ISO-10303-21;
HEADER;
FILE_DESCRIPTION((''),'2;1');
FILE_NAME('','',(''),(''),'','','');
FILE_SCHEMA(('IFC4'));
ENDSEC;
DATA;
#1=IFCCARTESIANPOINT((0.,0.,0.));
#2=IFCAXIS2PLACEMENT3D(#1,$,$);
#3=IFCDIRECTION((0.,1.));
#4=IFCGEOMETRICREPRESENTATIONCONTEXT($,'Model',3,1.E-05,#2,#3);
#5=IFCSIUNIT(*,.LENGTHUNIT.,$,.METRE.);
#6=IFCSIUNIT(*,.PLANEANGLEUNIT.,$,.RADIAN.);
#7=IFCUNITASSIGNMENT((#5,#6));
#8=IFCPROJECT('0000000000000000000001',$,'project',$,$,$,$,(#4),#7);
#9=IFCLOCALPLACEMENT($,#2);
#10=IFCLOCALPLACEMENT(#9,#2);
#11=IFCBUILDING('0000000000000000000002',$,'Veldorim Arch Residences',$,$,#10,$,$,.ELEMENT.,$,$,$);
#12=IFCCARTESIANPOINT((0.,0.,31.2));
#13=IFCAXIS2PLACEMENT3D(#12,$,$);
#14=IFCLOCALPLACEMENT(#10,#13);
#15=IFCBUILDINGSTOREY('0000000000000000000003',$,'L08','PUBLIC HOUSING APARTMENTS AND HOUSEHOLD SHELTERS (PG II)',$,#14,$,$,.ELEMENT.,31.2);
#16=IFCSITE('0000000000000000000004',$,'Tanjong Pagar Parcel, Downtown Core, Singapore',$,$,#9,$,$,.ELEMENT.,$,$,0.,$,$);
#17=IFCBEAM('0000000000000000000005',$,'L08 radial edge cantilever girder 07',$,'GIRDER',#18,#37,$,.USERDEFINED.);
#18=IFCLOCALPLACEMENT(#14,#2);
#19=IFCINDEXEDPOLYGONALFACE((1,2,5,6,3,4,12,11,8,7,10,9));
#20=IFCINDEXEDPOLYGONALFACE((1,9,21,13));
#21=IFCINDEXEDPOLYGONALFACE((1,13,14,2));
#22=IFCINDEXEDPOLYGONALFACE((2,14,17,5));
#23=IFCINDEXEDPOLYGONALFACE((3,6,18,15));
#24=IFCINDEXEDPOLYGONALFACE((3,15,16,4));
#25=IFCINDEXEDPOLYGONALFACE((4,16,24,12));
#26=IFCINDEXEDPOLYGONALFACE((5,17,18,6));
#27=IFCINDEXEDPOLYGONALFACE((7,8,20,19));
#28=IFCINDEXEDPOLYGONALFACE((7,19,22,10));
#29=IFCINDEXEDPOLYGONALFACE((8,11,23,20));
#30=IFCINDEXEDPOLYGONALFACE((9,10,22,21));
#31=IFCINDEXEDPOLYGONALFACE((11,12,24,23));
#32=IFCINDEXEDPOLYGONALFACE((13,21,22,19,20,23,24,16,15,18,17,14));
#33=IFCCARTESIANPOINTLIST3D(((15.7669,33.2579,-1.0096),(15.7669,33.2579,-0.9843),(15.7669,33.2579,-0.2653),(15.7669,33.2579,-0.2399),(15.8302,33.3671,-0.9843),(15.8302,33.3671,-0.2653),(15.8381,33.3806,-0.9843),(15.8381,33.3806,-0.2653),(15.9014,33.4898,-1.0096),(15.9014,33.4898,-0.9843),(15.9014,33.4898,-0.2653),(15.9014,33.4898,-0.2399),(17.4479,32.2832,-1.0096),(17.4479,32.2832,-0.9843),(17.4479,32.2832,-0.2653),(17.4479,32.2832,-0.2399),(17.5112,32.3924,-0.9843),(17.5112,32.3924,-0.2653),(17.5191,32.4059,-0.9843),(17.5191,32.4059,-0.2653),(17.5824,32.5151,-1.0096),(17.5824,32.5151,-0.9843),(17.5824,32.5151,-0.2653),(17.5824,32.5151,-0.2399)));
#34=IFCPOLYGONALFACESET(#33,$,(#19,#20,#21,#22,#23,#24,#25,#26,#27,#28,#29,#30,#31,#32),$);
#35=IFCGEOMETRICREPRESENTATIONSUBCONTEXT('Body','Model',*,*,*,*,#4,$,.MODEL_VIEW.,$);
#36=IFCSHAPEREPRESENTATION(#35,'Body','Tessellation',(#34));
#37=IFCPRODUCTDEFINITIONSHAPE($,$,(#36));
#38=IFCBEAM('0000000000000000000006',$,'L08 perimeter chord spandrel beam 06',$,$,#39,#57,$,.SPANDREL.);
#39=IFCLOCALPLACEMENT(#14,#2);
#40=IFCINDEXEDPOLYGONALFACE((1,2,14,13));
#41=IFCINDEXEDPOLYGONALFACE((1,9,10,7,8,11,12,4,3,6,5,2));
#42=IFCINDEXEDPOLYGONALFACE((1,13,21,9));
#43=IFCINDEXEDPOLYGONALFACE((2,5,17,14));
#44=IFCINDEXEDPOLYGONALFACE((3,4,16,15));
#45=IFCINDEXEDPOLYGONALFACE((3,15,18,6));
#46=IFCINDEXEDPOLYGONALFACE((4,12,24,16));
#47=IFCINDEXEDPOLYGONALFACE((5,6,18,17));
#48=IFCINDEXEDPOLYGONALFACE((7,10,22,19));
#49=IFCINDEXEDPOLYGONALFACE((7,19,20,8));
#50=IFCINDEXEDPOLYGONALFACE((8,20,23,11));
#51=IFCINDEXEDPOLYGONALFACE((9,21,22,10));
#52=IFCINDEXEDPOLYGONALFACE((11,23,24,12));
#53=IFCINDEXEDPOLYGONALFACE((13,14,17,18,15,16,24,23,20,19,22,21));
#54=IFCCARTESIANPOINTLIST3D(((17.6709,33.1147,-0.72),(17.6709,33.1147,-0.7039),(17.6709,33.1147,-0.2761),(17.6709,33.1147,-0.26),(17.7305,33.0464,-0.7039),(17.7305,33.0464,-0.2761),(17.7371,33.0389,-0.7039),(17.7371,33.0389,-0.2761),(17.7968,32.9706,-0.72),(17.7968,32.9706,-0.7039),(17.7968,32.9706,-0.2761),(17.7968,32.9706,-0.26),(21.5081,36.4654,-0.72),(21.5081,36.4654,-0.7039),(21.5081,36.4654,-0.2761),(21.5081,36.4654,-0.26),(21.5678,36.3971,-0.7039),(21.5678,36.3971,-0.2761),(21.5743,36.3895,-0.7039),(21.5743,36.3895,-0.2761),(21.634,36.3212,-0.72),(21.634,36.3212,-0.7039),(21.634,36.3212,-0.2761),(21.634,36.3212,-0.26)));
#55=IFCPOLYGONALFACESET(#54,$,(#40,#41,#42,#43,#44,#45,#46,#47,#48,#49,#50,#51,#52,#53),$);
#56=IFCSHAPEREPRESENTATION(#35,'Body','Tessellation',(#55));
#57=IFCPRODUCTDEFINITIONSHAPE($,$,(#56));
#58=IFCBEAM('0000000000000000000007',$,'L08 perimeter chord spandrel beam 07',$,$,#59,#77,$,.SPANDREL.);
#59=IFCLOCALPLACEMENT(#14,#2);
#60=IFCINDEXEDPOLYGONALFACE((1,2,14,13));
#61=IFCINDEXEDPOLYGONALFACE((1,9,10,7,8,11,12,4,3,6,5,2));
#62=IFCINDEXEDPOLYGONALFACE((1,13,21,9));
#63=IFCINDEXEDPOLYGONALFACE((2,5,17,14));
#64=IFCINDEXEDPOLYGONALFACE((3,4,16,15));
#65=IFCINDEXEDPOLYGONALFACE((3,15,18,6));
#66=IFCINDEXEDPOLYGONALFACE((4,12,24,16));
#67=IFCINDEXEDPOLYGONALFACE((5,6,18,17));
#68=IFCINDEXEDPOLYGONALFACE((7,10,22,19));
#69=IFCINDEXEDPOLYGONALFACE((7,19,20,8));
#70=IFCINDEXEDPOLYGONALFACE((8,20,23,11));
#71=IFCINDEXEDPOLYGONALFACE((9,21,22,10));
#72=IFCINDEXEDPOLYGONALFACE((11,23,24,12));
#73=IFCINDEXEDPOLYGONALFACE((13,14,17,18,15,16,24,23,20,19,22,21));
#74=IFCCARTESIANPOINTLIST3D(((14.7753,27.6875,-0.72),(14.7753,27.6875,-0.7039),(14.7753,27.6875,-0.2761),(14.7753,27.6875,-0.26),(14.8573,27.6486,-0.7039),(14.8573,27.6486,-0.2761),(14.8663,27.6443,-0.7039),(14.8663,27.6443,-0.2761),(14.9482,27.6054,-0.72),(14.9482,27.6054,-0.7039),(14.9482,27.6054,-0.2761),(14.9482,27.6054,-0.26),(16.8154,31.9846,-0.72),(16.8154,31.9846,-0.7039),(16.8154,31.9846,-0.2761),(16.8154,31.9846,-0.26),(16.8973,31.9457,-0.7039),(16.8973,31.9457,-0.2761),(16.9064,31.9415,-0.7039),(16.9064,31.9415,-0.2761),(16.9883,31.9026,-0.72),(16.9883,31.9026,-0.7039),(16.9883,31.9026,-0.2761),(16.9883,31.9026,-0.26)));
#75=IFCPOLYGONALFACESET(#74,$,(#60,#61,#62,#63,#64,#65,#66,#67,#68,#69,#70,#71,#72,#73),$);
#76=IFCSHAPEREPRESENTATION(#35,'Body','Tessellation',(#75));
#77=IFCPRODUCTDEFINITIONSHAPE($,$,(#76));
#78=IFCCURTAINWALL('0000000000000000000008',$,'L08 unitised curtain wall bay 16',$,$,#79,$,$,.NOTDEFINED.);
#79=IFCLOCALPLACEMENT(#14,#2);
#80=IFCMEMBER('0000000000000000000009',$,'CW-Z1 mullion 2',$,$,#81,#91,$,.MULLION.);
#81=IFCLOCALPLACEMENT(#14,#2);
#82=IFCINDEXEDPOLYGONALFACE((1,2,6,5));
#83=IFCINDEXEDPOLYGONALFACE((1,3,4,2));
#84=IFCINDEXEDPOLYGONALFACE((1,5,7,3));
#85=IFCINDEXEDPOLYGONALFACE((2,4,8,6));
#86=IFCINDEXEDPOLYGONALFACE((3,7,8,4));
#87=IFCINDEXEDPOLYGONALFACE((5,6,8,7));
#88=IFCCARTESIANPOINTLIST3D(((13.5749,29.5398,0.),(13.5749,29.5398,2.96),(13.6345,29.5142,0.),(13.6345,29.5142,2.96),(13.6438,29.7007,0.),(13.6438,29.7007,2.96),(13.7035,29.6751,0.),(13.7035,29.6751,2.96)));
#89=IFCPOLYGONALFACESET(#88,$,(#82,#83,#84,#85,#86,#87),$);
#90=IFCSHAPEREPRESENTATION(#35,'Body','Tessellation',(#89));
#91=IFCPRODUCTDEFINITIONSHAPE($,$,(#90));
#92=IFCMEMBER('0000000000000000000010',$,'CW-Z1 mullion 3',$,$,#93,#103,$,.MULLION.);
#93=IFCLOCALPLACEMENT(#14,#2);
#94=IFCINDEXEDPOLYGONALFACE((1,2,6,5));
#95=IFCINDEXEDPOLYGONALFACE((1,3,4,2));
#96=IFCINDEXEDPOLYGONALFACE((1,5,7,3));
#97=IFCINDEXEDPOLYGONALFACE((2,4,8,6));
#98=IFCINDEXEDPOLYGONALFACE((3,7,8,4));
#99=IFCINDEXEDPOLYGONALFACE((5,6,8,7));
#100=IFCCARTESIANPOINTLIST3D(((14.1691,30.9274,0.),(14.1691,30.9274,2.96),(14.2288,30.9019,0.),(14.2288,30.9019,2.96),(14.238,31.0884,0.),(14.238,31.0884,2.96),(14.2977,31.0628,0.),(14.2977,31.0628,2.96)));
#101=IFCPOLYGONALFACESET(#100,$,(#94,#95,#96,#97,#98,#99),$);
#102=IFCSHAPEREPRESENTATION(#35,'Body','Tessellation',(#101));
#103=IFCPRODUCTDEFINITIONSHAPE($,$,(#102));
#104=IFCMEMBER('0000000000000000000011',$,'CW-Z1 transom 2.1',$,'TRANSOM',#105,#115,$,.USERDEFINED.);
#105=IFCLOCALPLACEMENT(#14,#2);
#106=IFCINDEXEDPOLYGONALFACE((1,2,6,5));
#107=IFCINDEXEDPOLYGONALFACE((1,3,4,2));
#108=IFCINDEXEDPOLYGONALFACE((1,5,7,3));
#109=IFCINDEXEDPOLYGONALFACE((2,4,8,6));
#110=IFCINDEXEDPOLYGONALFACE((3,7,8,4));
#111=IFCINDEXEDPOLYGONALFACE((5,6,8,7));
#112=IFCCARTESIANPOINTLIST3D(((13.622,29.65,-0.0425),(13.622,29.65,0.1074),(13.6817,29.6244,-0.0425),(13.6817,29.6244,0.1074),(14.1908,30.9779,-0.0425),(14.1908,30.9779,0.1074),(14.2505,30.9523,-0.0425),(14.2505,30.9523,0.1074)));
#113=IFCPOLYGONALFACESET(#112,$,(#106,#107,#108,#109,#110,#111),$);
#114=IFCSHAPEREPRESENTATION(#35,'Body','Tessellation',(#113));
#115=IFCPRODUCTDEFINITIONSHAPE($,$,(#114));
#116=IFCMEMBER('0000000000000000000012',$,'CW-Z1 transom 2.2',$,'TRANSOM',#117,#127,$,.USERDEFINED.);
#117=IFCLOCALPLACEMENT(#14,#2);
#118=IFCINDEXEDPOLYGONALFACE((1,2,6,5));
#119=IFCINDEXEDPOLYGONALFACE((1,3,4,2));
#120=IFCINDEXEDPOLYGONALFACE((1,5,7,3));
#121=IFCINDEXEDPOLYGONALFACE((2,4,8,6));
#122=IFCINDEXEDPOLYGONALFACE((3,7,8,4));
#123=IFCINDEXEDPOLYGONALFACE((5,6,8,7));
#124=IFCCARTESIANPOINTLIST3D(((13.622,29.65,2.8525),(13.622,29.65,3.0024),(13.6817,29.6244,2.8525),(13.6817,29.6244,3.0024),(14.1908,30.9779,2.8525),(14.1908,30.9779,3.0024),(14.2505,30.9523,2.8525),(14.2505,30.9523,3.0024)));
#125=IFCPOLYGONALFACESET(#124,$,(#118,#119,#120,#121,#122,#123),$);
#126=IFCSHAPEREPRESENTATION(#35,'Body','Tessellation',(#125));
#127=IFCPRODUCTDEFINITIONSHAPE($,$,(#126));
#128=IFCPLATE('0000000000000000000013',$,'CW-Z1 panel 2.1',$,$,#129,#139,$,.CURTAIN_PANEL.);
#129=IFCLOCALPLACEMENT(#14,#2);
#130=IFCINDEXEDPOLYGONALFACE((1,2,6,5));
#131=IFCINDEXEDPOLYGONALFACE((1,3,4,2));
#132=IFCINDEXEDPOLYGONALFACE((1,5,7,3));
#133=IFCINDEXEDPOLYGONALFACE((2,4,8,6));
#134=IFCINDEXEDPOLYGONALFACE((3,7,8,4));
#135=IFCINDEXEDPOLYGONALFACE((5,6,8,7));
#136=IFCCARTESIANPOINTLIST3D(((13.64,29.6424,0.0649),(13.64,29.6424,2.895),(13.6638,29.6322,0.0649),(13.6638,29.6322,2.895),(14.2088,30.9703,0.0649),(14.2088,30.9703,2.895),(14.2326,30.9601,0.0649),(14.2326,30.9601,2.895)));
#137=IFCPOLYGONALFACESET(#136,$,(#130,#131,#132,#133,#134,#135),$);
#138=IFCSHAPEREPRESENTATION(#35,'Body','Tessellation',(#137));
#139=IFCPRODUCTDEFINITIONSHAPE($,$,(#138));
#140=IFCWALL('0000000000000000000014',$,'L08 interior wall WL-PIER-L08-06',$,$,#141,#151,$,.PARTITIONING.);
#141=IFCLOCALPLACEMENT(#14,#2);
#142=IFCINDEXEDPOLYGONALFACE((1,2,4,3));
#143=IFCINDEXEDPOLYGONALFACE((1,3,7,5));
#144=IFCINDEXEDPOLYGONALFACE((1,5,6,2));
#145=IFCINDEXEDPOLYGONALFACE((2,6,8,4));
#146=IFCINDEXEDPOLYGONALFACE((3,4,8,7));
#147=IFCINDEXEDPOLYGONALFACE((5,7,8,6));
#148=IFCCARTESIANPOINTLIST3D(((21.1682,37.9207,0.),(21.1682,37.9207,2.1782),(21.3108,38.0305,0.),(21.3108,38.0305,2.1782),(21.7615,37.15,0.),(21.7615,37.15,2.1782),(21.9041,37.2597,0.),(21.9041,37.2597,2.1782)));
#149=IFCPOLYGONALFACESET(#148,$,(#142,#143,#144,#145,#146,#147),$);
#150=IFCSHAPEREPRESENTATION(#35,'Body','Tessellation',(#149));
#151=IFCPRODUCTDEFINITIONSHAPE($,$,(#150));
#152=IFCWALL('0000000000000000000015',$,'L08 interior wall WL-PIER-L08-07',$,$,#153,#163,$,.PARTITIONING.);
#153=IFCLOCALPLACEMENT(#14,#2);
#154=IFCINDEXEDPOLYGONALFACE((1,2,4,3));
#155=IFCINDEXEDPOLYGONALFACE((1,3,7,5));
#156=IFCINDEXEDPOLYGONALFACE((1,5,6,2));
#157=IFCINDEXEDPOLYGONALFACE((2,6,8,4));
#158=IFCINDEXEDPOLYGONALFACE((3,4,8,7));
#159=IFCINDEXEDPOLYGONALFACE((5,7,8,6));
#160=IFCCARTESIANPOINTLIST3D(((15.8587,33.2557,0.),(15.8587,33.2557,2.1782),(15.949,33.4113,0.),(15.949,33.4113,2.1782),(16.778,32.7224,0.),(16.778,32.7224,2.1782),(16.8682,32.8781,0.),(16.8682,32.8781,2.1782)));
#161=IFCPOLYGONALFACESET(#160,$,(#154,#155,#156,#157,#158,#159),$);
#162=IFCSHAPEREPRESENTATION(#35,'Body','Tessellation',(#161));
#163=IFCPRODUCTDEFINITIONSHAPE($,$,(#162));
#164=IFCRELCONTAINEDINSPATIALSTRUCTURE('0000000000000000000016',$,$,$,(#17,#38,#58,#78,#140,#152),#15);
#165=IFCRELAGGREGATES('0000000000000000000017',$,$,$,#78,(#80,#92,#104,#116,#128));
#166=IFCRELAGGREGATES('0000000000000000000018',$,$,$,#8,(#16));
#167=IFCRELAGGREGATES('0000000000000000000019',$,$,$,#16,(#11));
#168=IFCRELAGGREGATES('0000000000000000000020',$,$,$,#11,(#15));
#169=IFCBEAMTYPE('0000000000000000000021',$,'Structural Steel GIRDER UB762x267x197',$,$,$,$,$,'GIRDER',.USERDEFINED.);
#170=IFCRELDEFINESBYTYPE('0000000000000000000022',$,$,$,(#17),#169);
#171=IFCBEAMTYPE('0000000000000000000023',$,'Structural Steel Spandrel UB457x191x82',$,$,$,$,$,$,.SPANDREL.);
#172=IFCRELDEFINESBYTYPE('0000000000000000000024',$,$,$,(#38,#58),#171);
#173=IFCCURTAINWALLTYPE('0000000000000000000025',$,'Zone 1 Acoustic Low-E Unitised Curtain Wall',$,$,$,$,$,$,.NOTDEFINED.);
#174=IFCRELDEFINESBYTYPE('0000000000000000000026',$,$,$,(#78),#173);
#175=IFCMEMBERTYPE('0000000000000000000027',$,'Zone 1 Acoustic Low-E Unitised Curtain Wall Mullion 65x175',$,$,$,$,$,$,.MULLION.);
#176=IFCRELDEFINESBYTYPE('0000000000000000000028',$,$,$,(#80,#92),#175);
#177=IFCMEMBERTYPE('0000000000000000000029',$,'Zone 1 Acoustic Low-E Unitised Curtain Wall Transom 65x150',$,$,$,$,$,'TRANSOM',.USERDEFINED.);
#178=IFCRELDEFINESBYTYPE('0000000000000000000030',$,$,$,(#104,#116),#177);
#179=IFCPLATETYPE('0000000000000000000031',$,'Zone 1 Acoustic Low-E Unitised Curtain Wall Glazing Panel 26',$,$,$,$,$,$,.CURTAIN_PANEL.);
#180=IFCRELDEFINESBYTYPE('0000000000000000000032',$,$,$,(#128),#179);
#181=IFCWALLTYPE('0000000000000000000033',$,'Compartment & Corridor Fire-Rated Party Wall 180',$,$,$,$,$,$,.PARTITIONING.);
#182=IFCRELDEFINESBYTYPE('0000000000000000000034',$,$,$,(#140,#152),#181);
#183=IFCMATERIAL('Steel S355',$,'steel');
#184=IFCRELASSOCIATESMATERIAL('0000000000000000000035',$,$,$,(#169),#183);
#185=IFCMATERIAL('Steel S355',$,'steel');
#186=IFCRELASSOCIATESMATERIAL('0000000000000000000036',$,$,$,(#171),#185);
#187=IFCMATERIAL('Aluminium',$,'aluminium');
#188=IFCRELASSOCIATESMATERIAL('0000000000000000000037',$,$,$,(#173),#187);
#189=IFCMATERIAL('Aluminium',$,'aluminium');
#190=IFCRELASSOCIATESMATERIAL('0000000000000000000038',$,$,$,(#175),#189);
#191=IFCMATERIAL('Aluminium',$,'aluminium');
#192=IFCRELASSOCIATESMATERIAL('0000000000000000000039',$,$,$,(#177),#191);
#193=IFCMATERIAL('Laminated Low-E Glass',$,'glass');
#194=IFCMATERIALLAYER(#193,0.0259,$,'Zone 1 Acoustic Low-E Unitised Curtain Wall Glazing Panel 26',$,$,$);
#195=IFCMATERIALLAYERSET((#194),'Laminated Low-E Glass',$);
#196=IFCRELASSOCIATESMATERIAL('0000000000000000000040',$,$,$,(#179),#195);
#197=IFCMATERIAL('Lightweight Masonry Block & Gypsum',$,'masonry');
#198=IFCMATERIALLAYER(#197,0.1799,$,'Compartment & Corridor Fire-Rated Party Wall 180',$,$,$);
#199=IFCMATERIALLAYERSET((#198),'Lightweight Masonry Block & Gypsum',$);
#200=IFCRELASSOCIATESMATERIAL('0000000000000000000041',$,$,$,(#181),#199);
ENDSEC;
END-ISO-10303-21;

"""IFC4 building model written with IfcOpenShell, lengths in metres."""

from ifc_helpers import new_model, si_unit, direction, frame, frame_2d, origin, origin_2d, place, context, subcontext, project, spatial, rectangle, i_section, extrude, material, layer, layer_set, material_profile, profile_set, type_object, element, aggregate, save


model = new_model("IFC4")

# Units and contexts
model_context = context("Model", 3, precision=1e-05, world=origin(), true_north=direction((0.0, 1.0)))
body_context = subcontext(model_context, "Body", "Model", "MODEL_VIEW")
ifc_project = project(units=[si_unit("LENGTHUNIT", "METRE"), si_unit("PLANEANGLEUNIT", "RADIAN")], contexts=[model_context])

# Site, building, storey
site_placement = place(None, origin())
site = spatial("IfcSite", under=ifc_project, at=site_placement, Name="Tanjong Pagar Parcel, Downtown Core, Singapore", CompositionType="ELEMENT", RefElevation=0.0)
building_placement = place(site_placement, origin())
building = spatial("IfcBuilding", under=site, at=building_placement, Name="Veldorim Arch Residences", CompositionType="ELEMENT")
storey_placement = place(building_placement, frame((0.0, 0.0, 31.2)))
storey = spatial("IfcBuildingStorey", under=building, at=storey_placement, Name="L08", Description="PUBLIC HOUSING APARTMENTS AND HOUSEHOLD SHELTERS (PG II)", CompositionType="ELEMENT", Elevation=31.2)

# Beams
ifc_material_1 = material(Name="Steel S355", Category="steel")
ifc_material_profile_1 = material_profile(ifc_material_1, i_section(OverallWidth=0.2681, OverallDepth=0.7698, WebThickness=0.0156, FlangeThickness=0.0254, at=origin_2d()), Name="UB762x267x197")
ifc_profile_set_1 = profile_set([ifc_material_profile_1], Name="Steel S355")
beam_type_1 = type_object("IfcBeamType", Name="Structural Steel GIRDER UB762x267x197", ElementType="GIRDER", PredefinedType="USERDEFINED", material=ifc_profile_set_1)
beam_1_placement = place(storey_placement, frame((17.5151, 32.3992, -0.6248), z_axis=(-0.865102, 0.501596, 0.0), x_axis=(-0.501596, -0.865102, 0.0)))
element("IfcBeam", 1, at=beam_1_placement, inside=storey, type_object=beam_type_1, Name="L08 radial edge cantilever girder 07", ObjectType="GIRDER", PredefinedType="USERDEFINED", context=body_context, shape_type="SweptSolid", body=[
    extrude(i_section(OverallWidth=0.2681, OverallDepth=0.7698, WebThickness=0.0156, FlangeThickness=0.0254, at=origin_2d()), origin(), (0.0, 0.0, 1.0), 1.9431),
])
ifc_material_2 = material(Name="Steel S355", Category="steel")
ifc_material_profile_2 = material_profile(ifc_material_2, i_section(OverallWidth=0.1914, OverallDepth=0.46, WebThickness=0.01, FlangeThickness=0.0161, at=origin_2d()), Name="UB457x191x82")
ifc_profile_set_2 = profile_set([ifc_material_profile_2], Name="Steel S355")
beam_type_2 = type_object("IfcBeamType", Name="Structural Steel Spandrel UB457x191x82", PredefinedType="SPANDREL", material=ifc_profile_set_2)
beam_2_placement = place(storey_placement, frame((21.571, 36.3933, -0.49), z_axis=(-0.75325, -0.657734, 0.0), x_axis=(0.657734, -0.75325, 0.0)))
element("IfcBeam", 2, at=beam_2_placement, inside=storey, type_object=beam_type_2, Name="L08 perimeter chord spandrel beam 06", PredefinedType="SPANDREL", context=body_context, shape_type="SweptSolid", body=[
    extrude(i_section(OverallWidth=0.1914, OverallDepth=0.46, WebThickness=0.01, FlangeThickness=0.0161, at=origin_2d()), origin(), (0.0, 0.0, 1.0), 5.0942),
])
beam_3_placement = place(storey_placement, frame((16.9019, 31.9436, -0.49), z_axis=(-0.428869, -0.903366, 0.0), x_axis=(0.903366, -0.428869, 0.0)))
element("IfcBeam", 3, at=beam_3_placement, inside=storey, type_object=beam_type_2, Name="L08 perimeter chord spandrel beam 07", PredefinedType="SPANDREL", context=body_context, shape_type="SweptSolid", body=[
    extrude(i_section(OverallWidth=0.1914, OverallDepth=0.46, WebThickness=0.01, FlangeThickness=0.0161, at=origin_2d()), origin(), (0.0, 0.0, 1.0), 4.7568),
])

# Curtain wall, members, plate
ifc_material_3 = material(Name="Aluminium", Category="aluminium")
curtain_wall_type = type_object("IfcCurtainWallType", Name="Zone 1 Acoustic Low-E Unitised Curtain Wall", PredefinedType="NOTDEFINED", material=ifc_material_3)
curtain_wall_placement = place(storey_placement, origin())
curtain_wall = element("IfcCurtainWall", 4, at=curtain_wall_placement, inside=storey, type_object=curtain_wall_type, Name="L08 unitised curtain wall bay 16", PredefinedType="NOTDEFINED")
ifc_material_4 = material(Name="Aluminium", Category="aluminium")
ifc_material_profile_3 = material_profile(ifc_material_4, rectangle(XDim=0.0649, YDim=0.175, at=origin_2d()), Name="ALU_MUL_65x175")
ifc_profile_set_3 = profile_set([ifc_material_profile_3], Name="Aluminium")
member_type_1 = type_object("IfcMemberType", Name="Zone 1 Acoustic Low-E Unitised Curtain Wall Mullion 65x175", PredefinedType="MULLION", material=ifc_profile_set_3)
member_1_placement = place(storey_placement, frame((13.6392, 29.6074, 0.0), z_axis=(0.0, 0.0, 1.0), x_axis=(-0.919222, 0.393739, 0.0)))
member_1 = element("IfcMember", 5, at=member_1_placement, type_object=member_type_1, Name="CW-Z1 mullion 2", PredefinedType="MULLION", context=body_context, shape_type="SweptSolid", body=[
    extrude(rectangle(XDim=0.0649, YDim=0.175, at=origin_2d()), origin(), (0.0, 0.0, 1.0), 2.96),
])
member_2_placement = place(storey_placement, frame((14.2334, 30.9951, 0.0), z_axis=(0.0, 0.0, 1.0), x_axis=(-0.919222, 0.393739, 0.0)))
member_2 = element("IfcMember", 6, at=member_2_placement, type_object=member_type_1, Name="CW-Z1 mullion 3", PredefinedType="MULLION", context=body_context, shape_type="SweptSolid", body=[
    extrude(rectangle(XDim=0.0649, YDim=0.175, at=origin_2d()), origin(), (0.0, 0.0, 1.0), 2.96),
])
ifc_material_5 = material(Name="Aluminium", Category="aluminium")
ifc_material_profile_4 = material_profile(ifc_material_5, rectangle(XDim=0.0649, YDim=0.1499, at=origin_2d()), Name="ALU_TRN_65x150")
ifc_profile_set_4 = profile_set([ifc_material_profile_4], Name="Aluminium")
member_type_2 = type_object("IfcMemberType", Name="Zone 1 Acoustic Low-E Unitised Curtain Wall Transom 65x150", ElementType="TRANSOM", PredefinedType="USERDEFINED", material=ifc_profile_set_4)
member_3_placement = place(storey_placement, frame((13.6519, 29.6372, 0.0325), z_axis=(0.393777, 0.919206, 0.0), x_axis=(-0.919206, 0.393777, 0.0)))
member_3 = element("IfcMember", 7, at=member_3_placement, type_object=member_type_2, Name="CW-Z1 transom 2.1", ObjectType="TRANSOM", PredefinedType="USERDEFINED", context=body_context, shape_type="SweptSolid", body=[
    extrude(rectangle(XDim=0.0649, YDim=0.1499, at=origin_2d()), origin(), (0.0, 0.0, 1.0), 1.4446),
])
member_4_placement = place(storey_placement, frame((13.6519, 29.6372, 2.9275), z_axis=(0.393777, 0.919206, 0.0), x_axis=(-0.919206, 0.393777, 0.0)))
member_4 = element("IfcMember", 8, at=member_4_placement, type_object=member_type_2, Name="CW-Z1 transom 2.2", ObjectType="TRANSOM", PredefinedType="USERDEFINED", context=body_context, shape_type="SweptSolid", body=[
    extrude(rectangle(XDim=0.0649, YDim=0.1499, at=origin_2d()), origin(), (0.0, 0.0, 1.0), 1.4446),
])
ifc_material_6 = material(Name="Laminated Low-E Glass", Category="glass")
ifc_layer_1 = layer(ifc_material_6, 0.0259, Name="Zone 1 Acoustic Low-E Unitised Curtain Wall Glazing Panel 26")
ifc_layer_set_1 = layer_set([ifc_layer_1], Name="Laminated Low-E Glass")
plate_type = type_object("IfcPlateType", Name="Zone 1 Acoustic Low-E Unitised Curtain Wall Glazing Panel 26", PredefinedType="CURTAIN_PANEL", material=ifc_layer_set_1)
plate_placement = place(storey_placement, frame((13.9363, 30.3013, 0.0649), z_axis=(0.0, 0.0, 1.0), x_axis=(0.393739, 0.919222, 0.0)))
plate = element("IfcPlate", 9, at=plate_placement, type_object=plate_type, Name="CW-Z1 panel 2.1", PredefinedType="CURTAIN_PANEL", context=body_context, shape_type="SweptSolid", body=[
    extrude(rectangle(XDim=1.4446, YDim=0.0259, at=origin_2d()), origin(), (0.0, 0.0, 1.0), 2.8301),
])
aggregate(curtain_wall, [member_1, member_2, member_3, member_4, plate])

# Walls
ifc_material_7 = material(Name="Lightweight Masonry Block & Gypsum", Category="masonry")
ifc_layer_2 = layer(ifc_material_7, 0.1799, Name="Compartment & Corridor Fire-Rated Party Wall 180")
ifc_layer_set_2 = layer_set([ifc_layer_2], Name="Lightweight Masonry Block & Gypsum")
wall_type_1 = type_object("IfcWallType", Name="Compartment & Corridor Fire-Rated Party Wall 180", PredefinedType="PARTITIONING", material=ifc_layer_set_2)
wall_1_placement = place(storey_placement, frame((21.8328, 37.2048, 0.0), z_axis=(0.0, 0.0, 1.0), x_axis=(-0.609953, 0.792437, 0.0)))
element("IfcWall", 10, at=wall_1_placement, inside=storey, type_object=wall_type_1, Name="L08 interior wall WL-PIER-L08-06", PredefinedType="PARTITIONING", context=body_context, shape_type="SweptSolid", body=[
    extrude(rectangle(XDim=0.9727, YDim=0.1799, at=frame_2d((0.4863, 0.0))), origin(), (0.0, 0.0, 1.0), 2.1782),
])
wall_2_placement = place(storey_placement, frame((16.823, 32.8003, 0.0), z_axis=(0.0, 0.0, 1.0), x_axis=(-0.865001, 0.50177, 0.0)))
element("IfcWall", 11, at=wall_2_placement, inside=storey, type_object=wall_type_1, Name="L08 interior wall WL-PIER-L08-07", PredefinedType="PARTITIONING", context=body_context, shape_type="SweptSolid", body=[
    extrude(rectangle(XDim=1.0627, YDim=0.1799, at=frame_2d((0.5312, 0.0))), origin(), (0.0, 0.0, 1.0), 2.1782),
])

save(model, "model.ifc")
